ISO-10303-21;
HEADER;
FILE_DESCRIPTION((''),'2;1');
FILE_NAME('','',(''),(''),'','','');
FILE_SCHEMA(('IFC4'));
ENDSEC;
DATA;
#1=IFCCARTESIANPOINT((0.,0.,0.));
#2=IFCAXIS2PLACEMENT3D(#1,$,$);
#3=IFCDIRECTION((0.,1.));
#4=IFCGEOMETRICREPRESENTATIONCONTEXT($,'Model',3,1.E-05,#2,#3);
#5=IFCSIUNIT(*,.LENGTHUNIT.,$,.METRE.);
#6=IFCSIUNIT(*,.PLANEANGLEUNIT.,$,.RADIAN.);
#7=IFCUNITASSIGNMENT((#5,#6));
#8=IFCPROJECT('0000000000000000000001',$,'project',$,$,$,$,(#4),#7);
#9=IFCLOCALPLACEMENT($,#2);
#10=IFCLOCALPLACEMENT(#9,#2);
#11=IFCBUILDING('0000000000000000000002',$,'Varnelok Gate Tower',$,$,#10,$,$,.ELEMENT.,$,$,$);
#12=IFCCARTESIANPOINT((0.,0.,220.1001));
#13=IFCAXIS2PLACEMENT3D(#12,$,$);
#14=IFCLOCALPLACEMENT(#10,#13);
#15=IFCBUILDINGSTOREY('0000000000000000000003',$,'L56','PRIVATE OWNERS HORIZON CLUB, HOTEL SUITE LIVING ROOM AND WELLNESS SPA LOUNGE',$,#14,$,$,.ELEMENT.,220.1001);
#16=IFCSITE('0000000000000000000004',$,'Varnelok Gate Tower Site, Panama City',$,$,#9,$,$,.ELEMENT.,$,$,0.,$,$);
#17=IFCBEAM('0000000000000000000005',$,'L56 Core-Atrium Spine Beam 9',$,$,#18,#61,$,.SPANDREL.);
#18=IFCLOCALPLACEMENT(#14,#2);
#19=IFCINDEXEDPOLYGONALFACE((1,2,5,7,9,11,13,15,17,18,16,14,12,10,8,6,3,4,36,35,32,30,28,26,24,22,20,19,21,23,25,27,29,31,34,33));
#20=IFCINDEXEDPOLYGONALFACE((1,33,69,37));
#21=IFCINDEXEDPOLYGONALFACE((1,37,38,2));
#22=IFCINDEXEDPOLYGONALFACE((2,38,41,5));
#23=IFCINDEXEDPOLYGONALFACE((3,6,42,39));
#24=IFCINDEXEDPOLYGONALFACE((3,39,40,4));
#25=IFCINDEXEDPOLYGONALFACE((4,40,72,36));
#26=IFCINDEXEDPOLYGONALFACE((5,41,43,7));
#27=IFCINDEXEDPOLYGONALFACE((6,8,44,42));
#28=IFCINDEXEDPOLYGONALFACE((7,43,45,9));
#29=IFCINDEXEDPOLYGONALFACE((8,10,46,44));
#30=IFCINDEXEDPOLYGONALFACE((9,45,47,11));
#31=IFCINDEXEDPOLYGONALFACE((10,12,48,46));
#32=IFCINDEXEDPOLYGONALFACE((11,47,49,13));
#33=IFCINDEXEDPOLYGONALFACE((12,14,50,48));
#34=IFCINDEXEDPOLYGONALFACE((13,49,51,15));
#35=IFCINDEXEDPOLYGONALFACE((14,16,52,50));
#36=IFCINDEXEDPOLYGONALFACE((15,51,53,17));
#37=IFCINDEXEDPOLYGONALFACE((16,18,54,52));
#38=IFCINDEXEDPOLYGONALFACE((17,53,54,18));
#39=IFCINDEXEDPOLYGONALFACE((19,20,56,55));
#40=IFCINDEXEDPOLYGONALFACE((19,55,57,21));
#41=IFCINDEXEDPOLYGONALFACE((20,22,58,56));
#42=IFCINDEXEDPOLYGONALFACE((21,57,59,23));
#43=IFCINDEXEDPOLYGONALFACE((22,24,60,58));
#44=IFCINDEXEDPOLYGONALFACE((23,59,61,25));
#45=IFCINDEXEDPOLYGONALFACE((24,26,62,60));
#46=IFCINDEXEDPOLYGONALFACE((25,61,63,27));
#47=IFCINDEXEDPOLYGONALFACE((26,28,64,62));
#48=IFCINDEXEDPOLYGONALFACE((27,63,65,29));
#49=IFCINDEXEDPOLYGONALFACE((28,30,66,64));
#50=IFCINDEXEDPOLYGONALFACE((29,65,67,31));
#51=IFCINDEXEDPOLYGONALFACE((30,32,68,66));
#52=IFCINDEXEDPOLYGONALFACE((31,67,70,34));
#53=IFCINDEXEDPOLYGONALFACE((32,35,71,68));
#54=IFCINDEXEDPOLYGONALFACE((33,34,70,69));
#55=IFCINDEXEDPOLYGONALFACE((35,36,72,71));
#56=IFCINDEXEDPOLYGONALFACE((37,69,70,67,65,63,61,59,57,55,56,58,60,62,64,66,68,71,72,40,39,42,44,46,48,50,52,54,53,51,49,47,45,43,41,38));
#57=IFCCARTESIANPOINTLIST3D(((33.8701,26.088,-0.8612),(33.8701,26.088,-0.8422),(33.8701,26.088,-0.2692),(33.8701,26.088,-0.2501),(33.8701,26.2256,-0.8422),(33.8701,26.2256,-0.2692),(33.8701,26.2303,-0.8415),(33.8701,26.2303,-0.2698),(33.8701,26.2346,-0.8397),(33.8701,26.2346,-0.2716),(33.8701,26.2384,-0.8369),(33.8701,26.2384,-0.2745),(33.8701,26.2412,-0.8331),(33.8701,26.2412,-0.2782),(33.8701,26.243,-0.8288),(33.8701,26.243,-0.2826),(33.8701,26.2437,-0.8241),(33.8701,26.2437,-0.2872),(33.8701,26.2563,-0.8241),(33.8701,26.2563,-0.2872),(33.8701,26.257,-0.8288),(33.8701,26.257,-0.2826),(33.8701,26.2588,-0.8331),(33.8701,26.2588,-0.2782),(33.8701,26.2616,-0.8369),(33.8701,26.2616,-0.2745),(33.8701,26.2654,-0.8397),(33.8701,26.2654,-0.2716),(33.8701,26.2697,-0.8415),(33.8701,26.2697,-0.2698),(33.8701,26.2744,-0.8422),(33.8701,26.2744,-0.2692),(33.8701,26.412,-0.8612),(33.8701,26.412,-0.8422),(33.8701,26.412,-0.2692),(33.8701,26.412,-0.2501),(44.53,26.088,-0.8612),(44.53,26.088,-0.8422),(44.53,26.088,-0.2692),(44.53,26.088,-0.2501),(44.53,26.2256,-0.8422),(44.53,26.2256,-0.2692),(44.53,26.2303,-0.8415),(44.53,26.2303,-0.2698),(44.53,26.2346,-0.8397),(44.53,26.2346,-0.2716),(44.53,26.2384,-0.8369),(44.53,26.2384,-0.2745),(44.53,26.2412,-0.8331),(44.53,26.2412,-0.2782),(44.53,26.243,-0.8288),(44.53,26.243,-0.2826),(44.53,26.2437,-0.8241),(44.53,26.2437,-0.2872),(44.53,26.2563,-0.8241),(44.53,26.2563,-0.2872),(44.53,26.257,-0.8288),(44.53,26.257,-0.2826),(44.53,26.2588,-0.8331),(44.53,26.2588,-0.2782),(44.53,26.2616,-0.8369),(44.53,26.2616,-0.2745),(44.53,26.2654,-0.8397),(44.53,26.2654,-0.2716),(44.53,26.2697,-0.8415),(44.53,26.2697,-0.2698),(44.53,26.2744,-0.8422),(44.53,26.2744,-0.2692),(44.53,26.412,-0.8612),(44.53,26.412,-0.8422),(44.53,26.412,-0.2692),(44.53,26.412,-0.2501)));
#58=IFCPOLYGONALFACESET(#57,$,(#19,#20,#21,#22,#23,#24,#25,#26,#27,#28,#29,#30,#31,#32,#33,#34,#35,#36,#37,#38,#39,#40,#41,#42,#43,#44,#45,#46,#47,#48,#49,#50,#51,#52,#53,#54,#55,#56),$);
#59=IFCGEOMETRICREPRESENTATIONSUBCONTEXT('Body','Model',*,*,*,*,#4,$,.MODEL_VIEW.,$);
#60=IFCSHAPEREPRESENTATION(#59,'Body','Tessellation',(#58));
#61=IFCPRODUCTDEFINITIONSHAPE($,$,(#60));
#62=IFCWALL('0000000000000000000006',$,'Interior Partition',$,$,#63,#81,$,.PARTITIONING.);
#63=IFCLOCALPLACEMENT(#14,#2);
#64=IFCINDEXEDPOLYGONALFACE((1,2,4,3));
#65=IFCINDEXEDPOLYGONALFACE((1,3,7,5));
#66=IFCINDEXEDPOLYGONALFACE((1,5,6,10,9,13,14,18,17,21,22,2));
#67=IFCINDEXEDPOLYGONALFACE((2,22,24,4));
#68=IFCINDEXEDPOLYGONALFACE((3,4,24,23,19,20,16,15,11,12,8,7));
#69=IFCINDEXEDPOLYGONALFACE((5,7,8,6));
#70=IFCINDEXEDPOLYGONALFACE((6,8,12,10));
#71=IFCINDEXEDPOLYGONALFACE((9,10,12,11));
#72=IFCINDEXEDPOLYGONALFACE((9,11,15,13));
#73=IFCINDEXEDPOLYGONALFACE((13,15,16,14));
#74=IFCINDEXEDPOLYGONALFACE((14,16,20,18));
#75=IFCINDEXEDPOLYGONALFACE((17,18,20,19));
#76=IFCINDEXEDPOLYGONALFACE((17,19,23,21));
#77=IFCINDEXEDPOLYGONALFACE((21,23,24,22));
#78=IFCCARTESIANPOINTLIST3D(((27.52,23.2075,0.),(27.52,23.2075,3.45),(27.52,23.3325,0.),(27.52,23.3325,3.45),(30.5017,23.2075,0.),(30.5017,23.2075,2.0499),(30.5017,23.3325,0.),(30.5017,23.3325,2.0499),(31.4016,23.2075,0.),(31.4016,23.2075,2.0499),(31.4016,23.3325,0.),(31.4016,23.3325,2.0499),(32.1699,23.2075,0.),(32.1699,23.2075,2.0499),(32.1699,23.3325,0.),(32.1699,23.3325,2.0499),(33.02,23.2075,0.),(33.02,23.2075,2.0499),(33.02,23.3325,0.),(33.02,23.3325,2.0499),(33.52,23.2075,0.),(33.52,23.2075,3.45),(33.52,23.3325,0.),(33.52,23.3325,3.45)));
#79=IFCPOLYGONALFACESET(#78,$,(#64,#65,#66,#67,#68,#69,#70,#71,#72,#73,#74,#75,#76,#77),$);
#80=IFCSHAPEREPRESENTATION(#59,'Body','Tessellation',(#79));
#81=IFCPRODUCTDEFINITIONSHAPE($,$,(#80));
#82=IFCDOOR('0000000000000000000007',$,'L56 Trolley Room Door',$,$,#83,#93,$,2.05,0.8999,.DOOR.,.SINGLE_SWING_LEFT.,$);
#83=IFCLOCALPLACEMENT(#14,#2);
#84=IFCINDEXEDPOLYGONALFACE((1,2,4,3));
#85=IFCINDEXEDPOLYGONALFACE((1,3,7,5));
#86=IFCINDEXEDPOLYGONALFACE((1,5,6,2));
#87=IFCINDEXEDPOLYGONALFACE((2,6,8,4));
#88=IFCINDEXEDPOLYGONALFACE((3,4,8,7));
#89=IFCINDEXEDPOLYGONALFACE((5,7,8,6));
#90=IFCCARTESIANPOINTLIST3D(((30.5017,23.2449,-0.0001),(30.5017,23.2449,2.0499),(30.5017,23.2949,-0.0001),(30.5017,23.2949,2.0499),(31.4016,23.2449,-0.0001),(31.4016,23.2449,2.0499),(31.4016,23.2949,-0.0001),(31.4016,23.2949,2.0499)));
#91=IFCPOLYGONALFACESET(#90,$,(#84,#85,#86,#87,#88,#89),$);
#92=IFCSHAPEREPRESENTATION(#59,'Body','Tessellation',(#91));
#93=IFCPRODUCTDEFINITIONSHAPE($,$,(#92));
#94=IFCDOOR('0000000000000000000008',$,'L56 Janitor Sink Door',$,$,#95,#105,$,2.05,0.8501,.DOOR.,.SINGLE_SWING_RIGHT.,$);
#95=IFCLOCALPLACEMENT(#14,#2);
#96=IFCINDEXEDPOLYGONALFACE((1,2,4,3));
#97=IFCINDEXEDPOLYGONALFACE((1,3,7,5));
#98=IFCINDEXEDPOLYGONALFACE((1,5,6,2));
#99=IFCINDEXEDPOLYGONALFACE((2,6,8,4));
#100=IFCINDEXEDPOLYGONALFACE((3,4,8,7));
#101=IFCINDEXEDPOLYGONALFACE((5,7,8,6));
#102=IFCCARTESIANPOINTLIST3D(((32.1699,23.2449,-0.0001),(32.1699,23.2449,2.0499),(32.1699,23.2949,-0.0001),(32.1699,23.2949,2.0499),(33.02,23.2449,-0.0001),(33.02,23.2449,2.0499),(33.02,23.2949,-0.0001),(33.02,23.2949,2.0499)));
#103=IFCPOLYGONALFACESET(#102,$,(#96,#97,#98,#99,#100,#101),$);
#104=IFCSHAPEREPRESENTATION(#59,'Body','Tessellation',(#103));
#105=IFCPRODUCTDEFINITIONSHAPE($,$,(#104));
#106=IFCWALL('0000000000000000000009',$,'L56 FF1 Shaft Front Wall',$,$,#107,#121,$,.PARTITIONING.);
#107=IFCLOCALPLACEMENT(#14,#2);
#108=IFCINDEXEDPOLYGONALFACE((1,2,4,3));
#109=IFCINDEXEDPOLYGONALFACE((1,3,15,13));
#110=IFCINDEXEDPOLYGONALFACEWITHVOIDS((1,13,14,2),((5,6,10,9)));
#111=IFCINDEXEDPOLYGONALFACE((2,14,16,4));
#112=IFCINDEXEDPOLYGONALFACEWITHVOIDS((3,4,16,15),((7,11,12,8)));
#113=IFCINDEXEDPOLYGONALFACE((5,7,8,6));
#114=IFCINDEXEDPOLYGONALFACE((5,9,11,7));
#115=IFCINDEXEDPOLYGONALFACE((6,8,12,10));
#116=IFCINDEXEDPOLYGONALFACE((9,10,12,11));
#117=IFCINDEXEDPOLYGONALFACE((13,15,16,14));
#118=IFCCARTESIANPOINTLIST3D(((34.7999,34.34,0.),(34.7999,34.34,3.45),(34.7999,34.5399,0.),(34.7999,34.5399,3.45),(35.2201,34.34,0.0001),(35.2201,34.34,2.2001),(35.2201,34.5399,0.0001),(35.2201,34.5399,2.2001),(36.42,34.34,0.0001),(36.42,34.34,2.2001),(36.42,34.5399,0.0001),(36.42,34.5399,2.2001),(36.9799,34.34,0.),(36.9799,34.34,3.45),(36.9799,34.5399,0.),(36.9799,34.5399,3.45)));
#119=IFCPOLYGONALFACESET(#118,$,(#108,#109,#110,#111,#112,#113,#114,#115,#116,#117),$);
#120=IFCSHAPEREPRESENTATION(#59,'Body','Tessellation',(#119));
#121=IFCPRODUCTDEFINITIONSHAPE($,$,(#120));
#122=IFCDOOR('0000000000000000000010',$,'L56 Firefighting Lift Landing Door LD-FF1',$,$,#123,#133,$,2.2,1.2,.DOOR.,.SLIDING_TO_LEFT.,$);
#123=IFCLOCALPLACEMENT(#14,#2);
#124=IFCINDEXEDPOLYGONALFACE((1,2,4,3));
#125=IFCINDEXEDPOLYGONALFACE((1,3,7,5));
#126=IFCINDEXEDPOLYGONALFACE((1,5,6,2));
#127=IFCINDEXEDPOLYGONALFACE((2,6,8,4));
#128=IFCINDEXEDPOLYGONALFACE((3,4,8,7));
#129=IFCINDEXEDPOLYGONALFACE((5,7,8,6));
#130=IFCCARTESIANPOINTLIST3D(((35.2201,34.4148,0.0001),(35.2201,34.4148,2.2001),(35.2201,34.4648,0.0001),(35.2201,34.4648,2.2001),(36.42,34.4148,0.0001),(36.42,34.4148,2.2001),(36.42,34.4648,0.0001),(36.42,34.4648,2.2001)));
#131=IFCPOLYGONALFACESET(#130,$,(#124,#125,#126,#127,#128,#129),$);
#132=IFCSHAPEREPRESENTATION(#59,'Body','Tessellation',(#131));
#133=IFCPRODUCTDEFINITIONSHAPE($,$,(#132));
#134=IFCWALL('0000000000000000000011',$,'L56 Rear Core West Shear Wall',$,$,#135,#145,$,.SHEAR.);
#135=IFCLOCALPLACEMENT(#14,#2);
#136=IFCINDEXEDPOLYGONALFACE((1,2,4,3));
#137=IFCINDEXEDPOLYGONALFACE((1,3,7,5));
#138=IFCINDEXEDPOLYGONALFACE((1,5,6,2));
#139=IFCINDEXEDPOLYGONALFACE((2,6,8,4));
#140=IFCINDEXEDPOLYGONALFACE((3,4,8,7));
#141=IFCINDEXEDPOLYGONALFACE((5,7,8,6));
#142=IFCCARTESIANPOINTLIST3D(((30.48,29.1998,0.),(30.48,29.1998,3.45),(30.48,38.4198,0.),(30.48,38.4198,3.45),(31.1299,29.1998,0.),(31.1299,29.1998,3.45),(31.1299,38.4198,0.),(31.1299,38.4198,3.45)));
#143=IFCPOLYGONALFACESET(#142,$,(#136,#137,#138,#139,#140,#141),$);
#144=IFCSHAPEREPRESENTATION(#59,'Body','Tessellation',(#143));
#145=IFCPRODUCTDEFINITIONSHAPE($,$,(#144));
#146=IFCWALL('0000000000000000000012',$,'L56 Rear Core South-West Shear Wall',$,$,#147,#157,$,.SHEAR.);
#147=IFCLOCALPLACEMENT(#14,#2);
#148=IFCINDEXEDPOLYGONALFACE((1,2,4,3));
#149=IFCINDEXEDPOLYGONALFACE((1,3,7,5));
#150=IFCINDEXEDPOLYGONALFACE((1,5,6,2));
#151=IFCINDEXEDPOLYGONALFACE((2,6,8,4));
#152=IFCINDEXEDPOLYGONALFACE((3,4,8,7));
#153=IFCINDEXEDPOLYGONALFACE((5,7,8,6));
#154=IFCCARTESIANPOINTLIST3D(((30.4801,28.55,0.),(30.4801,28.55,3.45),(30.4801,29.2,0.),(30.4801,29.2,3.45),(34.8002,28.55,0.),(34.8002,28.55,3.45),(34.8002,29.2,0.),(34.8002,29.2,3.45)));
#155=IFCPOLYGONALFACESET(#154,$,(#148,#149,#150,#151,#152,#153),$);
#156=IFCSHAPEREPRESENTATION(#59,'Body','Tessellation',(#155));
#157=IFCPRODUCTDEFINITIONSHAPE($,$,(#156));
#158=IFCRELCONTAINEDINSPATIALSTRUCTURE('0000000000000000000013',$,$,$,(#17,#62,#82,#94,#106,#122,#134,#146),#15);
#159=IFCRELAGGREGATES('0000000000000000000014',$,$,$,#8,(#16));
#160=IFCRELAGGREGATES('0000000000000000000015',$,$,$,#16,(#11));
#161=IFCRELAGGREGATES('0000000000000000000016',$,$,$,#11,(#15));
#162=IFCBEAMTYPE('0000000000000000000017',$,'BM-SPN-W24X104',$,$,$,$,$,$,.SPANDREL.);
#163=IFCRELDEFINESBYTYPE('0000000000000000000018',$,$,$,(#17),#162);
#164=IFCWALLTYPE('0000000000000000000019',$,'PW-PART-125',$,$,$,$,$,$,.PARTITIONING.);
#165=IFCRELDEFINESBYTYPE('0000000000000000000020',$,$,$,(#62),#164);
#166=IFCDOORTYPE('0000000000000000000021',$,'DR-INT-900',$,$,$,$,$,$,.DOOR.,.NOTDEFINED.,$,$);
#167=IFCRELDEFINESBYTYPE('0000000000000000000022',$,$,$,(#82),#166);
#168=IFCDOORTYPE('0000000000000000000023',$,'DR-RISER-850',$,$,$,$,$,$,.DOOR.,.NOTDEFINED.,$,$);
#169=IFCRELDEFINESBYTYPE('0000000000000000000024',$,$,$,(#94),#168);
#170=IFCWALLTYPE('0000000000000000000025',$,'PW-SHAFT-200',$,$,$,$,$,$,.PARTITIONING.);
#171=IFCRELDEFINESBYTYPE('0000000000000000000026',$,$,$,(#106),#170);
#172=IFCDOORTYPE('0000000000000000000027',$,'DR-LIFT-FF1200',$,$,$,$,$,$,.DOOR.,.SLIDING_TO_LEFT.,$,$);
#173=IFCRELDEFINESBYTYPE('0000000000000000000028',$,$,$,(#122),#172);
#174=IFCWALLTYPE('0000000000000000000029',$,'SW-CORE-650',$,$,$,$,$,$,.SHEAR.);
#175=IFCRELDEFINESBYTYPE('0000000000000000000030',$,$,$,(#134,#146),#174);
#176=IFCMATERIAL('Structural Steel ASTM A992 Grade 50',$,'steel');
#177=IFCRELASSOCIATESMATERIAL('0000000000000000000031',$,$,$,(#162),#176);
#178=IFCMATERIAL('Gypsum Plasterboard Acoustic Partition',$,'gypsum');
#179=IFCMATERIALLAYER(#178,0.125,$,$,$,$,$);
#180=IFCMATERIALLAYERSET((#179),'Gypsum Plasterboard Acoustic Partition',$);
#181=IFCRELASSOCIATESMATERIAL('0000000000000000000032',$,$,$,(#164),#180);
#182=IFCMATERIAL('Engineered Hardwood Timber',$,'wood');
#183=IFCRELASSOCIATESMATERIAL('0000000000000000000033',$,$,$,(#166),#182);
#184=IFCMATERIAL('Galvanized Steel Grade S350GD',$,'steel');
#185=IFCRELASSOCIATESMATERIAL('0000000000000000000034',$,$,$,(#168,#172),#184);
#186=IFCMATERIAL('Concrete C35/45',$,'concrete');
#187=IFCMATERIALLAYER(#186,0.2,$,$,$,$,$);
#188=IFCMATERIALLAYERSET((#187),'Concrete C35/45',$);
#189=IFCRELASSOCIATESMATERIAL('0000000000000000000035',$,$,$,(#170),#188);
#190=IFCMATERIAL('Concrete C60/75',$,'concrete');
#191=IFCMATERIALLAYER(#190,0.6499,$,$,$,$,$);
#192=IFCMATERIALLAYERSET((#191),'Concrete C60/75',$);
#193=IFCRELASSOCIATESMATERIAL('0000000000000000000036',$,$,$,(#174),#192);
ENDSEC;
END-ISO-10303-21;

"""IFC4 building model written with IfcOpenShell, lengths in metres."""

from ifc_helpers import new_model, si_unit, direction, frame, frame_2d, origin, origin_2d, place, context, subcontext, project, spatial, rectangle, i_section, extrude, material, layer, layer_set, material_profile, profile_set, type_object, element, fill, save


model = new_model("IFC4")

# Units and contexts
model_context = context("Model", 3, precision=1e-05, world=origin(), true_north=direction((0.0, 1.0)))
body_context = subcontext(model_context, "Body", "Model", "MODEL_VIEW")
ifc_project = project(units=[si_unit("LENGTHUNIT", "METRE"), si_unit("PLANEANGLEUNIT", "RADIAN")], contexts=[model_context])

# Site, building, storey
site_placement = place(None, origin())
site = spatial("IfcSite", under=ifc_project, at=site_placement, Name="Varnelok Gate Tower Site, Panama City", CompositionType="ELEMENT", RefElevation=0.0)
building_placement = place(site_placement, origin())
building = spatial("IfcBuilding", under=site, at=building_placement, Name="Varnelok Gate Tower", CompositionType="ELEMENT")
storey_placement = place(building_placement, frame((0.0, 0.0, 220.1001)))
storey = spatial("IfcBuildingStorey", under=building, at=storey_placement, Name="L56", Description="PRIVATE OWNERS HORIZON CLUB, HOTEL SUITE LIVING ROOM AND WELLNESS SPA LOUNGE", CompositionType="ELEMENT", Elevation=220.1001)

# Shared definitions
ifc_material_1 = material(Name="Concrete C60/75", Category="concrete")
ifc_material_2 = material(Name="Structural Steel ASTM A992 Grade 50", Category="steel")

# Beam
ifc_material_profile_1 = material_profile(ifc_material_2, i_section(OverallWidth=0.324, OverallDepth=0.6111, WebThickness=0.0127, FlangeThickness=0.019, FilletRadius=0.0181, at=origin_2d()), Name="W24X104")
ifc_profile_set_1 = profile_set([ifc_material_profile_1], Name="Structural Steel ASTM A992 Grade 50")
beam_type_1 = type_object("IfcBeamType", Name="BM-SPN-W24X104", PredefinedType="SPANDREL", material=ifc_profile_set_1)
beam_1_placement = place(storey_placement, frame((33.8701, 26.25, -0.5557), z_axis=(1.0, 0.0, 0.0), x_axis=(0.0, 1.0, 0.0)))
element("IfcBeam", 1, at=beam_1_placement, inside=storey, type_object=beam_type_1, Name="L56 Core-Atrium Spine Beam 9", PredefinedType="SPANDREL", context=body_context, shape_type="SweptSolid", body=[
    extrude(i_section(OverallWidth=0.324, OverallDepth=0.6111, WebThickness=0.0127, FlangeThickness=0.019, FilletRadius=0.0181, at=origin_2d()), origin(), (0.0, 0.0, 1.0), 10.6599),
])

# Wall, openings, doors
ifc_material_3 = material(Name="Gypsum Plasterboard Acoustic Partition", Category="gypsum")
ifc_layer_1 = layer(ifc_material_3, 0.125)
ifc_layer_set_1 = layer_set([ifc_layer_1], Name="Gypsum Plasterboard Acoustic Partition")
wall_type_1 = type_object("IfcWallType", Name="PW-PART-125", PredefinedType="PARTITIONING", material=ifc_layer_set_1)
wall_1_placement = place(storey_placement, frame((27.52, 23.27, 0.0), z_axis=(0.0, 0.0, 1.0), x_axis=(1.0, 0.0, 0.0)))
wall_1 = element("IfcWall", 2, at=wall_1_placement, inside=storey, type_object=wall_type_1, Name="Interior Partition", PredefinedType="PARTITIONING", context=body_context, shape_type="SweptSolid", body=[
    extrude(rectangle(XDim=6.0, YDim=0.125, at=frame_2d((3.0, 0.0))), origin(), (0.0, 0.0, 1.0), 3.45),
])
opening_1_placement = place(wall_1_placement, frame((2.9817, 0.0, 0.0)))
opening_1 = element("IfcOpeningElement", 3, at=opening_1_placement, cuts=wall_1, PredefinedType="OPENING", context=body_context, shape_type="SweptSolid", body=[
    extrude(rectangle(XDim=0.8999, YDim=2.05, at=frame_2d((0.45, 1.0249))), frame((0.0, 0.0725, 0.0), z_axis=(0.0, -1.0, 0.0), x_axis=(1.0, 0.0, 0.0)), (0.0, 0.0, 1.0), 0.145),
])
opening_2_placement = place(wall_1_placement, frame((4.6499, 0.0, 0.0)))
opening_2 = element("IfcOpeningElement", 4, at=opening_2_placement, cuts=wall_1, PredefinedType="OPENING", context=body_context, shape_type="SweptSolid", body=[
    extrude(rectangle(XDim=0.8501, YDim=2.05, at=frame_2d((0.425, 1.0249))), frame((0.0, 0.0725, 0.0), z_axis=(0.0, -1.0, 0.0), x_axis=(1.0, 0.0, 0.0)), (0.0, 0.0, 1.0), 0.145),
])
ifc_material_4 = material(Name="Engineered Hardwood Timber", Category="wood")
door_type_1 = type_object("IfcDoorType", Name="DR-INT-900", OperationType="NOTDEFINED", PredefinedType="DOOR", material=ifc_material_4)
door_1_placement = place(opening_1_placement, origin())
door_1 = element("IfcDoor", 5, at=door_1_placement, inside=storey, type_object=door_type_1, Name="L56 Trolley Room Door", OperationType="SINGLE_SWING_LEFT", OverallHeight=2.05, OverallWidth=0.8999, PredefinedType="DOOR", context=body_context, shape_type="SweptSolid", body=[
    extrude(rectangle(XDim=0.8999, YDim=2.05, at=frame_2d((0.45, 1.0249))), frame((0.0, 0.0249, 0.0), z_axis=(0.0, -1.0, 0.0), x_axis=(1.0, 0.0, 0.0)), (0.0, 0.0, 1.0), 0.05),
])
fill(opening_1, door_1)
ifc_material_5 = material(Name="Galvanized Steel Grade S350GD", Category="steel")
door_type_2 = type_object("IfcDoorType", Name="DR-RISER-850", OperationType="NOTDEFINED", PredefinedType="DOOR", material=ifc_material_5)
door_2_placement = place(opening_2_placement, origin())
door_2 = element("IfcDoor", 6, at=door_2_placement, inside=storey, type_object=door_type_2, Name="L56 Janitor Sink Door", OperationType="SINGLE_SWING_RIGHT", OverallHeight=2.05, OverallWidth=0.8501, PredefinedType="DOOR", context=body_context, shape_type="SweptSolid", body=[
    extrude(rectangle(XDim=0.8501, YDim=2.05, at=frame_2d((0.425, 1.0249))), frame((0.0, 0.0249, 0.0), z_axis=(0.0, -1.0, 0.0), x_axis=(1.0, 0.0, 0.0)), (0.0, 0.0, 1.0), 0.05),
])
fill(opening_2, door_2)

# Wall, opening, door
ifc_material_6 = material(Name="Concrete C35/45", Category="concrete")
ifc_layer_2 = layer(ifc_material_6, 0.2)
ifc_layer_set_2 = layer_set([ifc_layer_2], Name="Concrete C35/45")
wall_type_2 = type_object("IfcWallType", Name="PW-SHAFT-200", PredefinedType="PARTITIONING", material=ifc_layer_set_2)
wall_2_placement = place(storey_placement, frame((34.8, 34.4399, 0.0), z_axis=(0.0, 0.0, 1.0), x_axis=(1.0, 0.0, 0.0)))
wall_2 = element("IfcWall", 7, at=wall_2_placement, inside=storey, type_object=wall_type_2, Name="L56 FF1 Shaft Front Wall", PredefinedType="PARTITIONING", context=body_context, shape_type="SweptSolid", body=[
    extrude(rectangle(XDim=2.1799, YDim=0.2, at=frame_2d((1.0898, 0.0))), origin(), (0.0, 0.0, 1.0), 3.45),
])
opening_3_placement = place(wall_2_placement, frame((0.4199, 0.0, 0.0)))
opening_3 = element("IfcOpeningElement", 8, at=opening_3_placement, cuts=wall_2, PredefinedType="OPENING", context=body_context, shape_type="SweptSolid", body=[
    extrude(rectangle(XDim=1.2, YDim=2.2, at=frame_2d((0.6001, 1.1001))), frame((0.0, 0.1099, 0.0), z_axis=(0.0, -1.0, 0.0), x_axis=(1.0, 0.0, 0.0)), (0.0, 0.0, 1.0), 0.22),
])
door_type_3 = type_object("IfcDoorType", Name="DR-LIFT-FF1200", OperationType="SLIDING_TO_LEFT", PredefinedType="DOOR", material=ifc_material_5)
door_3_placement = place(opening_3_placement, origin())
door_3 = element("IfcDoor", 9, at=door_3_placement, inside=storey, type_object=door_type_3, Name="L56 Firefighting Lift Landing Door LD-FF1", OperationType="SLIDING_TO_LEFT", OverallHeight=2.2, OverallWidth=1.2, PredefinedType="DOOR", context=body_context, shape_type="SweptSolid", body=[
    extrude(rectangle(XDim=1.2, YDim=2.2, at=frame_2d((0.6001, 1.1001))), frame((0.0, 0.0249, 0.0), z_axis=(0.0, -1.0, 0.0), x_axis=(1.0, 0.0, 0.0)), (0.0, 0.0, 1.0), 0.05),
])
fill(opening_3, door_3)

# Walls
ifc_layer_3 = layer(ifc_material_1, 0.6499)
ifc_layer_set_3 = layer_set([ifc_layer_3], Name="Concrete C60/75")
wall_type_3 = type_object("IfcWallType", Name="SW-CORE-650", PredefinedType="SHEAR", material=ifc_layer_set_3)
wall_3_placement = place(storey_placement, frame((30.8049, 29.2, 0.0), z_axis=(0.0, 0.0, 1.0), x_axis=(0.0, 1.0, 0.0)))
element("IfcWall", 10, at=wall_3_placement, inside=storey, type_object=wall_type_3, Name="L56 Rear Core West Shear Wall", PredefinedType="SHEAR", context=body_context, shape_type="SweptSolid", body=[
    extrude(rectangle(XDim=9.22, YDim=0.6499, at=frame_2d((4.6099, 0.0))), origin(), (0.0, 0.0, 1.0), 3.45),
])
wall_4_placement = place(storey_placement, frame((30.48, 28.875, 0.0), z_axis=(0.0, 0.0, 1.0), x_axis=(1.0, 0.0, 0.0)))
element("IfcWall", 11, at=wall_4_placement, inside=storey, type_object=wall_type_3, Name="L56 Rear Core South-West Shear Wall", PredefinedType="SHEAR", context=body_context, shape_type="SweptSolid", body=[
    extrude(rectangle(XDim=4.3201, YDim=0.6499, at=frame_2d((2.1602, 0.0))), origin(), (0.0, 0.0, 1.0), 3.45),
])

save(model, "model.ifc")
